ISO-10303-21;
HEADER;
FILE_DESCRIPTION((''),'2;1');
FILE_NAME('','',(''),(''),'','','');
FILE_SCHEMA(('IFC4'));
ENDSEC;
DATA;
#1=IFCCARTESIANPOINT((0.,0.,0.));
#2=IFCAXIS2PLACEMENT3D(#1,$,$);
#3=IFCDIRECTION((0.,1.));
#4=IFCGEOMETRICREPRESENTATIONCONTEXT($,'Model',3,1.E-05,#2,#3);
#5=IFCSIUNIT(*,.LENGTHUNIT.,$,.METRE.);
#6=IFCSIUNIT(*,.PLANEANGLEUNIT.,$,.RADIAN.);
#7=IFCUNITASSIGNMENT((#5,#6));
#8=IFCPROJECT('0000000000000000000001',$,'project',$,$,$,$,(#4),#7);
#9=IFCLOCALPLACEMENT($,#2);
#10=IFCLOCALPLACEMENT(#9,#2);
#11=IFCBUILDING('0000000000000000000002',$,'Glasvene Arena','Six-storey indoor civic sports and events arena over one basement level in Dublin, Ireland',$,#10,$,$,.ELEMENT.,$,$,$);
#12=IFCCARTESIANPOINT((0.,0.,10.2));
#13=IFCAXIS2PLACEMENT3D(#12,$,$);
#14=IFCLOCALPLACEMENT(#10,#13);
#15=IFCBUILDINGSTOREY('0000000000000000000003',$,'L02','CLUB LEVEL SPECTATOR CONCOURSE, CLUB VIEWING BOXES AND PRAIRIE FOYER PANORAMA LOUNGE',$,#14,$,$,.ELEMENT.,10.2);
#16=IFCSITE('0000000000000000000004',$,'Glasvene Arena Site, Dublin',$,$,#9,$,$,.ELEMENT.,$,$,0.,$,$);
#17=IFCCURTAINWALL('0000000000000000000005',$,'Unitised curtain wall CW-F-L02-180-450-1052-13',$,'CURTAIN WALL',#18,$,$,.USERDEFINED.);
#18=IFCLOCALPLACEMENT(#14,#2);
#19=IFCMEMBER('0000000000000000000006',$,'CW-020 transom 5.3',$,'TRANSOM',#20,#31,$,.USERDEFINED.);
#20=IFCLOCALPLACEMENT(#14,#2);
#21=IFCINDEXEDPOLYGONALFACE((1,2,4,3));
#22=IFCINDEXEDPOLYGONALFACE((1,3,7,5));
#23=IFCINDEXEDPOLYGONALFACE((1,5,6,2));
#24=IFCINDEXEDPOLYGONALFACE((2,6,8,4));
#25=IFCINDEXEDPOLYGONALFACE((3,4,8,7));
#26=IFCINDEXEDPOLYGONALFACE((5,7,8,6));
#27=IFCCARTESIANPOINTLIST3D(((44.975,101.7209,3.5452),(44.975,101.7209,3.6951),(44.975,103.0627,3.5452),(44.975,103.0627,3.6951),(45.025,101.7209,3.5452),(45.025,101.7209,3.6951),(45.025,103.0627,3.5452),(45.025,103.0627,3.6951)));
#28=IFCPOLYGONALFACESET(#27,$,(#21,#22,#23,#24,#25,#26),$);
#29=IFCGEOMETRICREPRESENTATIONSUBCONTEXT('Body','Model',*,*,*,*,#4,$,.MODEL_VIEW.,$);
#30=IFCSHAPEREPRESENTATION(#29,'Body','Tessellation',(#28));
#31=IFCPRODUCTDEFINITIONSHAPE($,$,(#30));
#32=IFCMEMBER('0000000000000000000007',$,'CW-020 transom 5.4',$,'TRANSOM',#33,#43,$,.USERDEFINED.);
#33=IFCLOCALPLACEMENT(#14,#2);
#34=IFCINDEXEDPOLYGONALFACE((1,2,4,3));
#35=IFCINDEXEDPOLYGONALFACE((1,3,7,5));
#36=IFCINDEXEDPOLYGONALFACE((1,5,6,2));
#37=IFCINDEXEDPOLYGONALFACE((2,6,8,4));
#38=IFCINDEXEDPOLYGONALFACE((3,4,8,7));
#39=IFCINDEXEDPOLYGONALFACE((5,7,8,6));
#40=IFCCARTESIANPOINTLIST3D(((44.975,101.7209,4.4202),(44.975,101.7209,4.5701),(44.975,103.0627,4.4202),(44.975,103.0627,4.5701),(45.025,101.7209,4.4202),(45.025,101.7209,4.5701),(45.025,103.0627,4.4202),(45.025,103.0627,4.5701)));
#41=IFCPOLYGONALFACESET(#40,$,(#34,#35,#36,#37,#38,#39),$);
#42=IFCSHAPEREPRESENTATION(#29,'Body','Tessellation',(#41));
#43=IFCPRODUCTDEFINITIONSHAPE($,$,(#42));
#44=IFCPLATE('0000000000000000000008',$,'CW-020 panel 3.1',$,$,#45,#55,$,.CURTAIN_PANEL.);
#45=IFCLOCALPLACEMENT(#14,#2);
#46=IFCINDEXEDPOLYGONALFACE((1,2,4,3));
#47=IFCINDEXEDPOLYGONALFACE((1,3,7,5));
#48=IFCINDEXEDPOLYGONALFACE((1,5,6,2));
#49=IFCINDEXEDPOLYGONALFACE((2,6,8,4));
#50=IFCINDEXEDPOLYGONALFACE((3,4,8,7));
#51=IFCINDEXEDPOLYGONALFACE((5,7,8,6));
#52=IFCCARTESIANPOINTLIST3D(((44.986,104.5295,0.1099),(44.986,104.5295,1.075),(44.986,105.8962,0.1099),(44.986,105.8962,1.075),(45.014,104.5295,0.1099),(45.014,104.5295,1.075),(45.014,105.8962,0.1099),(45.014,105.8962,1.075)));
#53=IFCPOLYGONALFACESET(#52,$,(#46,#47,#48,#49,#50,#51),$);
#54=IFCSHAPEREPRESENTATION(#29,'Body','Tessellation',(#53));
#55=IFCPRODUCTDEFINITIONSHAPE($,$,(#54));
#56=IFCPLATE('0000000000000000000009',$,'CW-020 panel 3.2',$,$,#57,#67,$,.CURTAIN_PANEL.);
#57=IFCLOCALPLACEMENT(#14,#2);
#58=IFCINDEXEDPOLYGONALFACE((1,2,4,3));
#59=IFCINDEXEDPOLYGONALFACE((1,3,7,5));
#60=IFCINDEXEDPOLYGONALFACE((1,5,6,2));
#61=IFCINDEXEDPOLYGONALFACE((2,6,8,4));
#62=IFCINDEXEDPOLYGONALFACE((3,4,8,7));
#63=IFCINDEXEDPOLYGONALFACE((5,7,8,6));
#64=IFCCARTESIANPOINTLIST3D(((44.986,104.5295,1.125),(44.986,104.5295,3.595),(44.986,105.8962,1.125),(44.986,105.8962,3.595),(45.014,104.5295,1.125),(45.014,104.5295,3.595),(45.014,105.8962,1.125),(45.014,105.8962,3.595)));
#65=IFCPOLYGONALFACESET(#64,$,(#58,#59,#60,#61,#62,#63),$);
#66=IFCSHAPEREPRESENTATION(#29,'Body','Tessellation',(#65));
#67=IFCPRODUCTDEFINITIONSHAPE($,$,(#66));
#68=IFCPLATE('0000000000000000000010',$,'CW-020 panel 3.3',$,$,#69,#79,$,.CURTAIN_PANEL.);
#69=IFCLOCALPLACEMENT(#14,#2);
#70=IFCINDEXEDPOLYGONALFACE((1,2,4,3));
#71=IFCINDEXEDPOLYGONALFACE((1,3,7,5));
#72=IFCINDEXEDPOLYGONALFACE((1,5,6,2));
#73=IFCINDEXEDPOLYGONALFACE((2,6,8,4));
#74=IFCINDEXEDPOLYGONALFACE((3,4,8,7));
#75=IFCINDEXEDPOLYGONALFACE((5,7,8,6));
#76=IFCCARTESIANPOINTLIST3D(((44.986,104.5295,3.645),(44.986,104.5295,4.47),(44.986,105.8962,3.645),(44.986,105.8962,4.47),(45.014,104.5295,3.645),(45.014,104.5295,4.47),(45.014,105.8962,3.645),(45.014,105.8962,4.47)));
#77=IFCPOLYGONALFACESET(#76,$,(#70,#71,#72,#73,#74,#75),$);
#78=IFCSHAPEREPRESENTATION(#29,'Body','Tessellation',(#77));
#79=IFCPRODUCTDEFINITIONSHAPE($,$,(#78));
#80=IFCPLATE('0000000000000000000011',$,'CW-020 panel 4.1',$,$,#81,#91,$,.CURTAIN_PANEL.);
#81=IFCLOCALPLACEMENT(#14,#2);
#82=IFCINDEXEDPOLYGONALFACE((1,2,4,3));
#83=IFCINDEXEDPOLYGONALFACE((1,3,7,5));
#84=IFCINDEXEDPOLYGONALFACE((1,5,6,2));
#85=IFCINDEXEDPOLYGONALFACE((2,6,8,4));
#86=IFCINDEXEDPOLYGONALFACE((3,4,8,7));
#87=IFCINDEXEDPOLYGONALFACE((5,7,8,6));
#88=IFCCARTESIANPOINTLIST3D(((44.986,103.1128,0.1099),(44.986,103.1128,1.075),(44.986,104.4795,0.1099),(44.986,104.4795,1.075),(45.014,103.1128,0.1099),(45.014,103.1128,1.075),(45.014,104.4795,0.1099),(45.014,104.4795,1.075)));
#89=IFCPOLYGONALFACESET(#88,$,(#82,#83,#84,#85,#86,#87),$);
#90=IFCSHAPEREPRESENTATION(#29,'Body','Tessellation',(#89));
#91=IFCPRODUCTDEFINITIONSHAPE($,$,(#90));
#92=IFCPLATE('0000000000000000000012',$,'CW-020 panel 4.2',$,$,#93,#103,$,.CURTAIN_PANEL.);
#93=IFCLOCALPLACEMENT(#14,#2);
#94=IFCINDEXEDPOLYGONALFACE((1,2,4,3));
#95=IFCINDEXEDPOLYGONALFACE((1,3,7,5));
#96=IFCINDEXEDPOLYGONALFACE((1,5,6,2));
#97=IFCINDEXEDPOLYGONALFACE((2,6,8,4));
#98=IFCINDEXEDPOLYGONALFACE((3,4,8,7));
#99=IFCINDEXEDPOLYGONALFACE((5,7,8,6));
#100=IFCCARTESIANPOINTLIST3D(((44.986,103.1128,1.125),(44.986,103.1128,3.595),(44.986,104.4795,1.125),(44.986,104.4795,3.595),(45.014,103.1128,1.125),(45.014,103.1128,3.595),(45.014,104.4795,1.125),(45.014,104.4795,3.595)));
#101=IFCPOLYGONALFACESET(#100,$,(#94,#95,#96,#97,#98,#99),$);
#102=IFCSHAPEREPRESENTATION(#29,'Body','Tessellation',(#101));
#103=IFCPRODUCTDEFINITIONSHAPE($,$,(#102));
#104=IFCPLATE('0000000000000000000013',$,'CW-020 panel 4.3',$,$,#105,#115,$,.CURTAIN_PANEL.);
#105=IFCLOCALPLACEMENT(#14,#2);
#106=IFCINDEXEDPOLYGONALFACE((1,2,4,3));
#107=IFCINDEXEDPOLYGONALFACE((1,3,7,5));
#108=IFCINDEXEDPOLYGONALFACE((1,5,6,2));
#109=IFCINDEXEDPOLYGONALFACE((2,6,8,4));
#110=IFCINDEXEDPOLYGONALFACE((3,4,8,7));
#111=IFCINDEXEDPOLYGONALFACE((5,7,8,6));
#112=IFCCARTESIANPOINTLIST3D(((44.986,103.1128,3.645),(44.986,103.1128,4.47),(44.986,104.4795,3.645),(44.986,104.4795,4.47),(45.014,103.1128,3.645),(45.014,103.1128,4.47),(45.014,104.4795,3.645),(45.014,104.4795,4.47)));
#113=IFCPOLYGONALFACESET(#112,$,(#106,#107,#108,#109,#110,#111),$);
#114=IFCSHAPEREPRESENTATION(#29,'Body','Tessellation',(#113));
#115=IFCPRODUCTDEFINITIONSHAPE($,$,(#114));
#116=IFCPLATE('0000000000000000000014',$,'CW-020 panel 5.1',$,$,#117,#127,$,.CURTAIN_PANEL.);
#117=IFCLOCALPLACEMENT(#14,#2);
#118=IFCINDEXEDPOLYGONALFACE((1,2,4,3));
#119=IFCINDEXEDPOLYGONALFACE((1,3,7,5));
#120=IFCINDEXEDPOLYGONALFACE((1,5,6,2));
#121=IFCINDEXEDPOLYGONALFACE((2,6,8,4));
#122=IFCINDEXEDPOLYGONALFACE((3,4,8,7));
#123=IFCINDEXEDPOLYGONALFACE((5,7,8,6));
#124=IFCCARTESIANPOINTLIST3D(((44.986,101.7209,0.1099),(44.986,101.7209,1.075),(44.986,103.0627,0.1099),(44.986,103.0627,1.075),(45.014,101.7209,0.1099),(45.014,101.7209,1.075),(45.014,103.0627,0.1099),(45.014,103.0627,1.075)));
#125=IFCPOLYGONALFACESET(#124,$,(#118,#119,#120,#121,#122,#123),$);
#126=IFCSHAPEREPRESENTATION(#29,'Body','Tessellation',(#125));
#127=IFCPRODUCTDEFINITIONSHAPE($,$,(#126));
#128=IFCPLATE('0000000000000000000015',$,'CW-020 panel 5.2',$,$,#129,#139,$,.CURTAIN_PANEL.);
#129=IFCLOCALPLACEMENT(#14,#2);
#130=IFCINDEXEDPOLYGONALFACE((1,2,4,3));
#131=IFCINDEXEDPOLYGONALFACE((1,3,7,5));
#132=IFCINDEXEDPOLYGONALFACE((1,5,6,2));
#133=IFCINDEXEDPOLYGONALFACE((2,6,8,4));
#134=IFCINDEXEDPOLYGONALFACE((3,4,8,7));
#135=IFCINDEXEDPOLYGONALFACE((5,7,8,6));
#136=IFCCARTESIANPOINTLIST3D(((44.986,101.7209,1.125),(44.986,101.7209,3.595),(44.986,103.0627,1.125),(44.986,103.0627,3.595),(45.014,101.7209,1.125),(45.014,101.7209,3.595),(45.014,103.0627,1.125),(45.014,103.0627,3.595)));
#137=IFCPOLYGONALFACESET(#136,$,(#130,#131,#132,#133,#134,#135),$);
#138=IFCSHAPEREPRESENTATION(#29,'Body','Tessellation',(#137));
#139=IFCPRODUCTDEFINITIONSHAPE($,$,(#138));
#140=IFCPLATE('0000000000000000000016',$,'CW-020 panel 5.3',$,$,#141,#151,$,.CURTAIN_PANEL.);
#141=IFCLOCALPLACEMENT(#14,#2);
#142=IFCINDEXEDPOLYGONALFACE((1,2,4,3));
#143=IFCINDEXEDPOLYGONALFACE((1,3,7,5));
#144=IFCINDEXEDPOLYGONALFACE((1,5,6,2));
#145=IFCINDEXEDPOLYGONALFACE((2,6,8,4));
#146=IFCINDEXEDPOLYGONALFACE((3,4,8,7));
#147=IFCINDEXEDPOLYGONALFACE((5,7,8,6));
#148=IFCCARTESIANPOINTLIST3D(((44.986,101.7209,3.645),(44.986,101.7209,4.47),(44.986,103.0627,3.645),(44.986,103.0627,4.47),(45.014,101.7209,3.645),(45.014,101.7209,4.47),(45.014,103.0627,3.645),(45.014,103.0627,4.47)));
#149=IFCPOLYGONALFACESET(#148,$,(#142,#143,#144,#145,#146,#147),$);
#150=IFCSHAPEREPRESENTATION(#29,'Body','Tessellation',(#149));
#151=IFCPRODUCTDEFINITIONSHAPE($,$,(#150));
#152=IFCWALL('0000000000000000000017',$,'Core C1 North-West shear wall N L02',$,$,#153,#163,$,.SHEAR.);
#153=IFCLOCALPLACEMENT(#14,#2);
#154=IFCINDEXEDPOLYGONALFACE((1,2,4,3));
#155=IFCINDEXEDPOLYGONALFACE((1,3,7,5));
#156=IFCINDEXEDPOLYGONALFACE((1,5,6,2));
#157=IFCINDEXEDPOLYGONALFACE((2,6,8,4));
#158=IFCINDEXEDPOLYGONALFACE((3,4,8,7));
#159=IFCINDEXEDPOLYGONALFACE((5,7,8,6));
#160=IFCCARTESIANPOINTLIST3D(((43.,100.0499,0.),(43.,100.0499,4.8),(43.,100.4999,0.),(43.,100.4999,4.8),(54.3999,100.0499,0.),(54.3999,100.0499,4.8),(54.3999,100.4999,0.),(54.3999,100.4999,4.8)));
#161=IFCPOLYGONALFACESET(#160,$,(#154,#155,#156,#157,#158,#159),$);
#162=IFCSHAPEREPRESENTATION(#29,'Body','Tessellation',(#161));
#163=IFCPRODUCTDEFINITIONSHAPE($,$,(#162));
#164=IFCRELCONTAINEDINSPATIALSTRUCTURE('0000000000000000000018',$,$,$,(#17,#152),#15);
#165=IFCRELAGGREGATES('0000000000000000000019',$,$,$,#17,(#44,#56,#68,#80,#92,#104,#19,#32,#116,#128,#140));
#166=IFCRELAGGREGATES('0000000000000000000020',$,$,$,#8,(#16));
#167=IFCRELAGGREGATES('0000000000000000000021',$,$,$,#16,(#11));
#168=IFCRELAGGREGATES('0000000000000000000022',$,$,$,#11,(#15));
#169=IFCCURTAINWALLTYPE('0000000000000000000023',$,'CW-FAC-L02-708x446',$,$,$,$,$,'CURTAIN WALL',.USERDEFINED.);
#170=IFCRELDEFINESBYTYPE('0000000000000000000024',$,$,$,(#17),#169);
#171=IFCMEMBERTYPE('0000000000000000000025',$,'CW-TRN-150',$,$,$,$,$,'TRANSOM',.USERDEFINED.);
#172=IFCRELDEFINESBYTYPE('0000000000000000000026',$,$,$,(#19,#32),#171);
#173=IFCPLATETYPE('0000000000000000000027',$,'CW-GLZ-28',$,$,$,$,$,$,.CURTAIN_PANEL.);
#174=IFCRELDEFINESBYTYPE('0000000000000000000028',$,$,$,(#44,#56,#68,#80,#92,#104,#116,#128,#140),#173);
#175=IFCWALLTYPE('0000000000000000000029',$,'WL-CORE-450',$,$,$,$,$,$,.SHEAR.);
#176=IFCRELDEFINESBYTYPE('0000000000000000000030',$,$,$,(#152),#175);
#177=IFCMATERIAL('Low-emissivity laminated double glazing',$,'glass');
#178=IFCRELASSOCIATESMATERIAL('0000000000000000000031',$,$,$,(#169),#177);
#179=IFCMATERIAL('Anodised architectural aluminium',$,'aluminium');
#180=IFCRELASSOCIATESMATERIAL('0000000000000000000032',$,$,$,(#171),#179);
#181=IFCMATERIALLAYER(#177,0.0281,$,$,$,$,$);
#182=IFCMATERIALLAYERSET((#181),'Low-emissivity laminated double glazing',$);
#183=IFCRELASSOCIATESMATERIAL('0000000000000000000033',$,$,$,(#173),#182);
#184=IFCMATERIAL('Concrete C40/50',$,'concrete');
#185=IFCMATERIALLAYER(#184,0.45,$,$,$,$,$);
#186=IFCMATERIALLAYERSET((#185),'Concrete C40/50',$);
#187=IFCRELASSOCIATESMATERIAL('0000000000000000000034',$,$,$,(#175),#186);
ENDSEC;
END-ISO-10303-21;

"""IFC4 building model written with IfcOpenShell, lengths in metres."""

from ifc_helpers import new_model, si_unit, direction, frame, frame_2d, origin, origin_2d, place, context, subcontext, project, spatial, rectangle, extrude, material, layer, layer_set, material_profile, profile_set, type_object, element, aggregate, save


model = new_model("IFC4")

# Units and contexts
model_context = context("Model", 3, precision=1e-05, world=origin(), true_north=direction((0.0, 1.0)))
body_context = subcontext(model_context, "Body", "Model", "MODEL_VIEW")
ifc_project = project(units=[si_unit("LENGTHUNIT", "METRE"), si_unit("PLANEANGLEUNIT", "RADIAN")], contexts=[model_context])

# Site, building, storey
site_placement = place(None, origin())
site = spatial("IfcSite", under=ifc_project, at=site_placement, Name="Glasvene Arena Site, Dublin", CompositionType="ELEMENT", RefElevation=0.0)
building_placement = place(site_placement, origin())
building = spatial("IfcBuilding", under=site, at=building_placement, Name="Glasvene Arena", Description="Six-storey indoor civic sports and events arena over one basement level in Dublin, Ireland", CompositionType="ELEMENT")
storey_placement = place(building_placement, frame((0.0, 0.0, 10.2)))
storey = spatial("IfcBuildingStorey", under=building, at=storey_placement, Name="L02", Description="CLUB LEVEL SPECTATOR CONCOURSE, CLUB VIEWING BOXES AND PRAIRIE FOYER PANORAMA LOUNGE", CompositionType="ELEMENT", Elevation=10.2)

# Curtain wall, members, plates
ifc_material_1 = material(Name="Low-emissivity laminated double glazing", Category="glass")
curtain_wall_type = type_object("IfcCurtainWallType", Name="CW-FAC-L02-708x446", ElementType="CURTAIN WALL", PredefinedType="USERDEFINED", material=ifc_material_1)
curtain_wall_placement = place(storey_placement, frame((45.0, 108.7549, 0.0)))
curtain_wall = element("IfcCurtainWall", 1, at=curtain_wall_placement, inside=storey, type_object=curtain_wall_type, Name="Unitised curtain wall CW-F-L02-180-450-1052-13", ObjectType="CURTAIN WALL", PredefinedType="USERDEFINED")
ifc_material_2 = material(Name="Anodised architectural aluminium", Category="aluminium")
ifc_material_profile_1 = material_profile(ifc_material_2, rectangle(XDim=0.05, YDim=0.1499, at=origin_2d()), Name="ALU TRANSOM 50x150")
ifc_profile_set_1 = profile_set([ifc_material_profile_1], Name="Anodised architectural aluminium")
member_type_1 = type_object("IfcMemberType", Name="CW-TRN-150", ElementType="TRANSOM", PredefinedType="USERDEFINED", material=ifc_profile_set_1)
member_1_placement = place(storey_placement, frame((45.0, 103.0627, 3.6201), z_axis=(0.0, -1.0, 0.0), x_axis=(1.0, 0.0, 0.0)))
member_1 = element("IfcMember", 2, at=member_1_placement, type_object=member_type_1, Name="CW-020 transom 5.3", ObjectType="TRANSOM", PredefinedType="USERDEFINED", context=body_context, shape_type="SweptSolid", body=[
    extrude(rectangle(XDim=0.05, YDim=0.1499, at=origin_2d()), origin(), (0.0, 0.0, 1.0), 1.3418),
])
member_2_placement = place(storey_placement, frame((45.0, 103.0627, 4.4951), z_axis=(0.0, -1.0, 0.0), x_axis=(1.0, 0.0, 0.0)))
member_2 = element("IfcMember", 3, at=member_2_placement, type_object=member_type_1, Name="CW-020 transom 5.4", ObjectType="TRANSOM", PredefinedType="USERDEFINED", context=body_context, shape_type="SweptSolid", body=[
    extrude(rectangle(XDim=0.05, YDim=0.1499, at=origin_2d()), origin(), (0.0, 0.0, 1.0), 1.3418),
])
ifc_layer_1 = layer(ifc_material_1, 0.0281)
ifc_layer_set_1 = layer_set([ifc_layer_1], Name="Low-emissivity laminated double glazing")
plate_type = type_object("IfcPlateType", Name="CW-GLZ-28", PredefinedType="CURTAIN_PANEL", material=ifc_layer_set_1)
plate_1_placement = place(storey_placement, frame((45.0, 105.2129, 0.1099), z_axis=(0.0, 0.0, 1.0), x_axis=(0.0, -1.0, 0.0)))
plate_1 = element("IfcPlate", 4, at=plate_1_placement, type_object=plate_type, Name="CW-020 panel 3.1", PredefinedType="CURTAIN_PANEL", context=body_context, shape_type="SweptSolid", body=[
    extrude(rectangle(XDim=1.3667, YDim=0.0281, at=origin_2d()), origin(), (0.0, 0.0, 1.0), 0.9651),
])
plate_2_placement = place(storey_placement, frame((45.0, 105.2129, 1.125), z_axis=(0.0, 0.0, 1.0), x_axis=(0.0, -1.0, 0.0)))
plate_2 = element("IfcPlate", 5, at=plate_2_placement, type_object=plate_type, Name="CW-020 panel 3.2", PredefinedType="CURTAIN_PANEL", context=body_context, shape_type="SweptSolid", body=[
    extrude(rectangle(XDim=1.3667, YDim=0.0281, at=origin_2d()), origin(), (0.0, 0.0, 1.0), 2.47),
])
plate_3_placement = place(storey_placement, frame((45.0, 105.2129, 3.645), z_axis=(0.0, 0.0, 1.0), x_axis=(0.0, -1.0, 0.0)))
plate_3 = element("IfcPlate", 6, at=plate_3_placement, type_object=plate_type, Name="CW-020 panel 3.3", PredefinedType="CURTAIN_PANEL", context=body_context, shape_type="SweptSolid", body=[
    extrude(rectangle(XDim=1.3667, YDim=0.0281, at=origin_2d()), origin(), (0.0, 0.0, 1.0), 0.825),
])
plate_4_placement = place(storey_placement, frame((45.0, 103.7961, 0.1099), z_axis=(0.0, 0.0, 1.0), x_axis=(0.0, -1.0, 0.0)))
plate_4 = element("IfcPlate", 7, at=plate_4_placement, type_object=plate_type, Name="CW-020 panel 4.1", PredefinedType="CURTAIN_PANEL", context=body_context, shape_type="SweptSolid", body=[
    extrude(rectangle(XDim=1.3667, YDim=0.0281, at=origin_2d()), origin(), (0.0, 0.0, 1.0), 0.9651),
])
plate_5_placement = place(storey_placement, frame((45.0, 103.7961, 1.125), z_axis=(0.0, 0.0, 1.0), x_axis=(0.0, -1.0, 0.0)))
plate_5 = element("IfcPlate", 8, at=plate_5_placement, type_object=plate_type, Name="CW-020 panel 4.2", PredefinedType="CURTAIN_PANEL", context=body_context, shape_type="SweptSolid", body=[
    extrude(rectangle(XDim=1.3667, YDim=0.0281, at=origin_2d()), origin(), (0.0, 0.0, 1.0), 2.47),
])
plate_6_placement = place(storey_placement, frame((45.0, 103.7961, 3.645), z_axis=(0.0, 0.0, 1.0), x_axis=(0.0, -1.0, 0.0)))
plate_6 = element("IfcPlate", 9, at=plate_6_placement, type_object=plate_type, Name="CW-020 panel 4.3", PredefinedType="CURTAIN_PANEL", context=body_context, shape_type="SweptSolid", body=[
    extrude(rectangle(XDim=1.3667, YDim=0.0281, at=origin_2d()), origin(), (0.0, 0.0, 1.0), 0.825),
])
plate_7_placement = place(storey_placement, frame((45.0, 102.3918, 0.1099), z_axis=(0.0, 0.0, 1.0), x_axis=(0.0, -1.0, 0.0)))
plate_7 = element("IfcPlate", 10, at=plate_7_placement, type_object=plate_type, Name="CW-020 panel 5.1", PredefinedType="CURTAIN_PANEL", context=body_context, shape_type="SweptSolid", body=[
    extrude(rectangle(XDim=1.3418, YDim=0.0281, at=origin_2d()), origin(), (0.0, 0.0, 1.0), 0.9651),
])
plate_8_placement = place(storey_placement, frame((45.0, 102.3918, 1.125), z_axis=(0.0, 0.0, 1.0), x_axis=(0.0, -1.0, 0.0)))
plate_8 = element("IfcPlate", 11, at=plate_8_placement, type_object=plate_type, Name="CW-020 panel 5.2", PredefinedType="CURTAIN_PANEL", context=body_context, shape_type="SweptSolid", body=[
    extrude(rectangle(XDim=1.3418, YDim=0.0281, at=origin_2d()), origin(), (0.0, 0.0, 1.0), 2.47),
])
plate_9_placement = place(storey_placement, frame((45.0, 102.3918, 3.645), z_axis=(0.0, 0.0, 1.0), x_axis=(0.0, -1.0, 0.0)))
plate_9 = element("IfcPlate", 12, at=plate_9_placement, type_object=plate_type, Name="CW-020 panel 5.3", PredefinedType="CURTAIN_PANEL", context=body_context, shape_type="SweptSolid", body=[
    extrude(rectangle(XDim=1.3418, YDim=0.0281, at=origin_2d()), origin(), (0.0, 0.0, 1.0), 0.825),
])
aggregate(curtain_wall, [plate_1, plate_2, plate_3, plate_4, plate_5, plate_6, member_1, member_2, plate_7, plate_8, plate_9])

# Wall
ifc_material_3 = material(Name="Concrete C40/50", Category="concrete")
ifc_layer_2 = layer(ifc_material_3, 0.45)
ifc_layer_set_2 = layer_set([ifc_layer_2], Name="Concrete C40/50")
wall_type_1 = type_object("IfcWallType", Name="WL-CORE-450", PredefinedType="SHEAR", material=ifc_layer_set_2)
wall_1_placement = place(storey_placement, frame((43.0, 100.2749, 0.0), z_axis=(0.0, 0.0, 1.0), x_axis=(1.0, 0.0, 0.0)))
element("IfcWall", 13, at=wall_1_placement, inside=storey, type_object=wall_type_1, Name="Core C1 North-West shear wall N L02", PredefinedType="SHEAR", context=body_context, shape_type="SweptSolid", body=[
    extrude(rectangle(XDim=11.3999, YDim=0.45, at=frame_2d((5.7, 0.0))), origin(), (0.0, 0.0, 1.0), 4.8),
])

save(model, "model.ifc")
